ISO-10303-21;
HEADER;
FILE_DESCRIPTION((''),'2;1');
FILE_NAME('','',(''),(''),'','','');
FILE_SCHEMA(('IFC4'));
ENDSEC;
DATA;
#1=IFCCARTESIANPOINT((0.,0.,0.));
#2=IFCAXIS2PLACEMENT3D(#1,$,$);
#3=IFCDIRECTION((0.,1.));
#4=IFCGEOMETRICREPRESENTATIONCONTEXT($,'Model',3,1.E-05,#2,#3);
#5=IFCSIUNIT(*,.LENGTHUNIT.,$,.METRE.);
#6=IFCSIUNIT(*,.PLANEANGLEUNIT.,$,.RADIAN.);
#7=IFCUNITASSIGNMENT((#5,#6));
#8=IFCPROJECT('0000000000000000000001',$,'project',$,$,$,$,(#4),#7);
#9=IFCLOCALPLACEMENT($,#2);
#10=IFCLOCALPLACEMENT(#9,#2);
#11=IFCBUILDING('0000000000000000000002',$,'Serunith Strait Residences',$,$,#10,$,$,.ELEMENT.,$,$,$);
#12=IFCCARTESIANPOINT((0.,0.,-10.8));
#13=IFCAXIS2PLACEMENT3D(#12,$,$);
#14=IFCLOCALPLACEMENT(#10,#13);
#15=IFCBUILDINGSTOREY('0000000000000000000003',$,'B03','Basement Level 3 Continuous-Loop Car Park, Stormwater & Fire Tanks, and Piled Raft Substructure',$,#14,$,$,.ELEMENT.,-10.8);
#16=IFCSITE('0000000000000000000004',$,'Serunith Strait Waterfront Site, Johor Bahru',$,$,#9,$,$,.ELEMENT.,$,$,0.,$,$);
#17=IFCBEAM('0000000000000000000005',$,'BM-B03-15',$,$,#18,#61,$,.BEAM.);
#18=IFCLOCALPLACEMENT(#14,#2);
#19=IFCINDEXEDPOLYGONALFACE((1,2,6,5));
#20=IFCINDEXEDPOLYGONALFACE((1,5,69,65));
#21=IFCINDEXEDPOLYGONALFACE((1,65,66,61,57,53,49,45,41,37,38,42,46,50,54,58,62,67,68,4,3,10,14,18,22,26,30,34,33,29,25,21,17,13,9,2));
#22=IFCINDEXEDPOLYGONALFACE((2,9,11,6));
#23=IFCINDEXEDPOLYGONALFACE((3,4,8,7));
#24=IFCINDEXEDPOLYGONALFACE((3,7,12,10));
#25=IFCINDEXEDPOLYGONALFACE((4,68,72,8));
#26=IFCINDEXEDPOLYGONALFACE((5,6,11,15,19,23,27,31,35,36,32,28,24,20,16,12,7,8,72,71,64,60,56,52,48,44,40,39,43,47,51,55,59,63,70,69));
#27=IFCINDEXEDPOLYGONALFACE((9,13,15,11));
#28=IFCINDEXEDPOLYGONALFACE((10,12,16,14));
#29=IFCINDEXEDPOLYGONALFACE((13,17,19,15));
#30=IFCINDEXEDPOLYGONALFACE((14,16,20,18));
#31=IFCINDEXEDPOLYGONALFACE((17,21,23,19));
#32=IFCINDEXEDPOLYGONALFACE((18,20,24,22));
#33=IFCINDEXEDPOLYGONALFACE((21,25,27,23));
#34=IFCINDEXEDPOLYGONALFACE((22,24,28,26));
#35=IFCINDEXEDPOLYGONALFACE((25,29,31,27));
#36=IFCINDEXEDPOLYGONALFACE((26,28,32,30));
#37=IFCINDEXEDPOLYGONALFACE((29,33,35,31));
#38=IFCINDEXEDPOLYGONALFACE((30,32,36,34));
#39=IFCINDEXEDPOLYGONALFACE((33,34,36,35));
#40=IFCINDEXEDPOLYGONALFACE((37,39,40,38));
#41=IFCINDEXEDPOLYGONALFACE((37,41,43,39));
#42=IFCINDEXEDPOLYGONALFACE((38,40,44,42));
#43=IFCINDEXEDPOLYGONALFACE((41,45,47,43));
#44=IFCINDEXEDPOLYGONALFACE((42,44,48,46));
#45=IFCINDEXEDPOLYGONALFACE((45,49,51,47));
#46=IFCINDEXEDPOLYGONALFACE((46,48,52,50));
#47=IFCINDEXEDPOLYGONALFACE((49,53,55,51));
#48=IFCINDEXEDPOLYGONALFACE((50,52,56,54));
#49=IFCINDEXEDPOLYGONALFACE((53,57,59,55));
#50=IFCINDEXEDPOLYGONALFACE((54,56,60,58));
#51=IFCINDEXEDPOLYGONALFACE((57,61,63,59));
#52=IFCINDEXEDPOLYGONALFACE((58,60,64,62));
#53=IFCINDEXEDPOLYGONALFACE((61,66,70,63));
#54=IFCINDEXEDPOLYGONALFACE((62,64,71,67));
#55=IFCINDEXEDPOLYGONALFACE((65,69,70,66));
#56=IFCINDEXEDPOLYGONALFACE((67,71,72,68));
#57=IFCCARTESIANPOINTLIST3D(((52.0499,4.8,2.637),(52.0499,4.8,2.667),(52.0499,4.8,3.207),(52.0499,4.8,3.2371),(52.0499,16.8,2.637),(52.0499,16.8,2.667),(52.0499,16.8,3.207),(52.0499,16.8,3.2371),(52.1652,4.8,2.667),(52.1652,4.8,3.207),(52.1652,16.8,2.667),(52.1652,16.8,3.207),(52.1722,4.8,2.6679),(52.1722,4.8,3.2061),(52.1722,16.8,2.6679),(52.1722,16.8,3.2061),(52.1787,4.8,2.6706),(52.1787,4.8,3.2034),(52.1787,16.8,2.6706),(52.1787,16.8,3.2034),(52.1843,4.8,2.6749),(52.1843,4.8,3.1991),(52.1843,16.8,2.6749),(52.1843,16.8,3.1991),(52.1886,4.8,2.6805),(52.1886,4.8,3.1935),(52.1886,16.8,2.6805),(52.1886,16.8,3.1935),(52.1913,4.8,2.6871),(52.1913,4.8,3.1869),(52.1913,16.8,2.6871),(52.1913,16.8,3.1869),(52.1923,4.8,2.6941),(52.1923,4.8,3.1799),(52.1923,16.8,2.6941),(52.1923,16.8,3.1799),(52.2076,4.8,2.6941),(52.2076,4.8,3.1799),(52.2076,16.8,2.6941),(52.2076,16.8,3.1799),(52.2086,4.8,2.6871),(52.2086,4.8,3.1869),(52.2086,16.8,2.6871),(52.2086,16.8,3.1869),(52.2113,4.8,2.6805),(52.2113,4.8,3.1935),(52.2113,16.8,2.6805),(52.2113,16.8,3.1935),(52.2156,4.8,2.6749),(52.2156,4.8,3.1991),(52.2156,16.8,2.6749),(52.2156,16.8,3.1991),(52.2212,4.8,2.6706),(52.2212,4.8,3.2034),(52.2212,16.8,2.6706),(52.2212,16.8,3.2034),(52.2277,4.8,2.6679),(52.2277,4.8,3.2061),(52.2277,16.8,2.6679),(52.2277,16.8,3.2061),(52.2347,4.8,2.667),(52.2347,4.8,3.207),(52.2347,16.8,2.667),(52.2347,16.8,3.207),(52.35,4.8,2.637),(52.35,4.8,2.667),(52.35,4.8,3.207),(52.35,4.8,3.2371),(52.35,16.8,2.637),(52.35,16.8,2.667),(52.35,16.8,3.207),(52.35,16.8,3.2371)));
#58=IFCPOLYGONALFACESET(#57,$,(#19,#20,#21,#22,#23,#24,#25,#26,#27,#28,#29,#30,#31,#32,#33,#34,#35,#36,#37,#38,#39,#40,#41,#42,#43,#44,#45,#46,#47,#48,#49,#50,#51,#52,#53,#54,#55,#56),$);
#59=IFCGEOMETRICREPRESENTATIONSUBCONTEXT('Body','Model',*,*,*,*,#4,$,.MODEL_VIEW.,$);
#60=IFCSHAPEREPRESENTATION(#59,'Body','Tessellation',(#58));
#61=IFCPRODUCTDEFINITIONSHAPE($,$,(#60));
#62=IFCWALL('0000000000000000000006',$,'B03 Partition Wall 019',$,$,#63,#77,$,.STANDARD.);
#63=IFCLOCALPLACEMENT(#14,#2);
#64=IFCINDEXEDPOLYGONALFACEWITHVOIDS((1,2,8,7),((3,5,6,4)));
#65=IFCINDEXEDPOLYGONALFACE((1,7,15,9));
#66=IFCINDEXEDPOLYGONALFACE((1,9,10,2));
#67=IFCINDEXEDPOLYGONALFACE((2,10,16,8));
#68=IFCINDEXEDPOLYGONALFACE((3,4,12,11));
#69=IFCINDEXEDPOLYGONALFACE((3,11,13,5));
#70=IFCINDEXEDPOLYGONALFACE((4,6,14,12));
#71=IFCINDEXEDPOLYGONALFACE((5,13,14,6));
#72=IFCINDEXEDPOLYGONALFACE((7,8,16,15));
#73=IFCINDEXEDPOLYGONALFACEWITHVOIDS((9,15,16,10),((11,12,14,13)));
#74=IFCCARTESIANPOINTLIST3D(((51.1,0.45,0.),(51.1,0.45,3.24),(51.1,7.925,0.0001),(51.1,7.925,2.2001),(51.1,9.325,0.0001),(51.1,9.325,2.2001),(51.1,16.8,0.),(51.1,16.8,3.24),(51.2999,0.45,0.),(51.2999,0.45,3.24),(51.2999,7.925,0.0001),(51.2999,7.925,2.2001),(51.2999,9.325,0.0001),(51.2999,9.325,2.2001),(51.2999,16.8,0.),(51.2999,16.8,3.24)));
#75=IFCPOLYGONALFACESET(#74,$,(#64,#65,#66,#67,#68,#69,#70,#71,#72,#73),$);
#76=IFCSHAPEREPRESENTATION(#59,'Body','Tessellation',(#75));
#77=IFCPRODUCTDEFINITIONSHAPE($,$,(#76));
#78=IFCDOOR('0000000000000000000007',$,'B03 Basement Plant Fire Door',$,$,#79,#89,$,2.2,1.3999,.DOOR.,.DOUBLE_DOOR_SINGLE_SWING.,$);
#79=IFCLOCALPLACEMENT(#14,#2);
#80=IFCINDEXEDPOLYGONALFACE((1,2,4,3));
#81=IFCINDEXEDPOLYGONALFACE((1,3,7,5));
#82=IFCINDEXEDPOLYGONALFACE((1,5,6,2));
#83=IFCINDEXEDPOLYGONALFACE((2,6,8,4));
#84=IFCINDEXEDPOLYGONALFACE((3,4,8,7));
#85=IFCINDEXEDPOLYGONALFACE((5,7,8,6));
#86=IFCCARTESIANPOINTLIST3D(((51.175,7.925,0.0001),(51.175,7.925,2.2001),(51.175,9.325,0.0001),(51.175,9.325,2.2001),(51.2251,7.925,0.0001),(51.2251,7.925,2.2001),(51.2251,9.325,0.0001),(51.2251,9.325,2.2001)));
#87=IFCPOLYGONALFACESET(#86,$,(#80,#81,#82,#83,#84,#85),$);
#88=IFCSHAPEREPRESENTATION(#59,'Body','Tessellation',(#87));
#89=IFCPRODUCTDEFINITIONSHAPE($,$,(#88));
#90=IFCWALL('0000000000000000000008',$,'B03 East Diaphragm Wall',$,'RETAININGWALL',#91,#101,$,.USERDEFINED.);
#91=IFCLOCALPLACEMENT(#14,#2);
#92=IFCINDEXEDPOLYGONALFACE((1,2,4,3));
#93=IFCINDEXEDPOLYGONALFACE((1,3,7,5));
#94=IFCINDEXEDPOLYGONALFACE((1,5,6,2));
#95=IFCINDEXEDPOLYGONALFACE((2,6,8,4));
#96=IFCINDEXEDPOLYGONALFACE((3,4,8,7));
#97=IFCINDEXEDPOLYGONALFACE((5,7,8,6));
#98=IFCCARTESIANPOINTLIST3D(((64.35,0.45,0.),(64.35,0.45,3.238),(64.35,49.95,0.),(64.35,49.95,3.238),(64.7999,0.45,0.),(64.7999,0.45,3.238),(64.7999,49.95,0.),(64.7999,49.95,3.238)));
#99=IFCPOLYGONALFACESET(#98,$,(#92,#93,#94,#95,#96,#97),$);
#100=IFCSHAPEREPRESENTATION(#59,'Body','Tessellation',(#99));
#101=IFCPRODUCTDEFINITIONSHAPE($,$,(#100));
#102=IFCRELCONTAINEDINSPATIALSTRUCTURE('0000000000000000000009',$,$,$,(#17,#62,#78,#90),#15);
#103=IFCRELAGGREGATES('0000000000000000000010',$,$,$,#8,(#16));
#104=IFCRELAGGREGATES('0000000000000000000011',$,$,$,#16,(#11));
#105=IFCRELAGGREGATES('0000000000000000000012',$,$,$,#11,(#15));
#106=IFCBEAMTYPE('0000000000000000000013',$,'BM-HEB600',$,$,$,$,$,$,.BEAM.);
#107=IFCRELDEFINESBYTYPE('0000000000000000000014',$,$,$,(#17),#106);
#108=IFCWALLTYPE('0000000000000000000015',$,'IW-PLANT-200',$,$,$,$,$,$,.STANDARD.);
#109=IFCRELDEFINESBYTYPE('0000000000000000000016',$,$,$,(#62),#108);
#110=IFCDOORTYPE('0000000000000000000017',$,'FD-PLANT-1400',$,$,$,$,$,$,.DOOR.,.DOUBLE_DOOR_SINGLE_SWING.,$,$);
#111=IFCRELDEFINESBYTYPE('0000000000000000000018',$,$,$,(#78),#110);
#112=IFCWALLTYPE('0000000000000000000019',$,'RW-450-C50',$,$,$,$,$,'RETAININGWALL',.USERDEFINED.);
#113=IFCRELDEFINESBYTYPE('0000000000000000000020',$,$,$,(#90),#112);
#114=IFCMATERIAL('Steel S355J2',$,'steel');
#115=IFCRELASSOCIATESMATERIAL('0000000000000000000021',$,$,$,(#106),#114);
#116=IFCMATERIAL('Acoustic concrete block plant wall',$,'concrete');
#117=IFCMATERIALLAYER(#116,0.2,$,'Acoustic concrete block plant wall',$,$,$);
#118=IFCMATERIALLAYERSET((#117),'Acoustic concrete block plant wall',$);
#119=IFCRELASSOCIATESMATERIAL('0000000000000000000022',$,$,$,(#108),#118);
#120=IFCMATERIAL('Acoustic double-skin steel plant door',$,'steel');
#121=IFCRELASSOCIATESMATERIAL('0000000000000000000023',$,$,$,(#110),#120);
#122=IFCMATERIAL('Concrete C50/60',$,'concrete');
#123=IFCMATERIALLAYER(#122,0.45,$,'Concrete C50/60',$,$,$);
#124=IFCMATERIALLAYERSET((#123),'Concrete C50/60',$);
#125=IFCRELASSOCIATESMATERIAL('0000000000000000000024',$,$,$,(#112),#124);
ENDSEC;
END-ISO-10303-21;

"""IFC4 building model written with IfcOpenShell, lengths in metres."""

from ifc_helpers import new_model, si_unit, direction, frame, frame_2d, origin, origin_2d, place, context, subcontext, project, spatial, rectangle, i_section, extrude, source, transform, mapped, material, layer, layer_set, material_profile, profile_set, type_object, element, fill, save


model = new_model("IFC4")

# Units and contexts
model_context = context("Model", 3, precision=1e-05, world=origin(), true_north=direction((0.0, 1.0)))
body_context = subcontext(model_context, "Body", "Model", "MODEL_VIEW")
ifc_project = project(units=[si_unit("LENGTHUNIT", "METRE"), si_unit("PLANEANGLEUNIT", "RADIAN")], contexts=[model_context])

# Site, building, storey
site_placement = place(None, origin())
site = spatial("IfcSite", under=ifc_project, at=site_placement, Name="Serunith Strait Waterfront Site, Johor Bahru", CompositionType="ELEMENT", RefElevation=0.0)
building_placement = place(site_placement, origin())
building = spatial("IfcBuilding", under=site, at=building_placement, Name="Serunith Strait Residences", CompositionType="ELEMENT")
storey_placement = place(building_placement, frame((0.0, 0.0, -10.8)))
storey = spatial("IfcBuildingStorey", under=building, at=storey_placement, Name="B03", Description="Basement Level 3 Continuous-Loop Car Park, Stormwater & Fire Tanks, and Piled Raft Substructure", CompositionType="ELEMENT", Elevation=-10.8)

# Shared definitions
ifc_material_1 = material(Name="Concrete C50/60", Category="concrete")

# Beam
ifc_material_2 = material(Name="Steel S355J2", Category="steel")
ifc_material_profile_1 = material_profile(ifc_material_2, i_section(OverallWidth=0.3, OverallDepth=0.6001, WebThickness=0.0154, FlangeThickness=0.03, FilletRadius=0.0271, at=origin_2d()), Name="HEB 600")
ifc_profile_set_1 = profile_set([ifc_material_profile_1], Name="Steel S355J2")
beam_type = type_object("IfcBeamType", Name="BM-HEB600", PredefinedType="BEAM", material=ifc_profile_set_1)
shared_shape_1 = source(origin(), body_context, "Body", "SweptSolid", [
    extrude(i_section(OverallWidth=0.3, OverallDepth=0.6001, WebThickness=0.0154, FlangeThickness=0.03, FilletRadius=0.0271, at=origin_2d()), origin(), (0.0, 0.0, 1.0), 12.0),
])
beam_placement = place(storey_placement, frame((52.2, 4.8, 2.937), z_axis=(0.0, 1.0, 0.0), x_axis=(-1.0, 0.0, 0.0)))
element("IfcBeam", 1, at=beam_placement, inside=storey, type_object=beam_type, Name="BM-B03-15", PredefinedType="BEAM", context=body_context, shape_type="MappedRepresentation", body=[
    mapped(shared_shape_1, transform((0.0, 0.0, 0.0), scale=1.0)),
])

# Wall, opening, door
ifc_material_3 = material(Name="Acoustic concrete block plant wall", Category="concrete")
ifc_layer_1 = layer(ifc_material_3, 0.2, Name="Acoustic concrete block plant wall")
ifc_layer_set_1 = layer_set([ifc_layer_1], Name="Acoustic concrete block plant wall")
wall_type_1 = type_object("IfcWallType", Name="IW-PLANT-200", PredefinedType="STANDARD", material=ifc_layer_set_1)
wall_1_placement = place(storey_placement, frame((51.2, 0.45, 0.0), z_axis=(0.0, 0.0, 1.0), x_axis=(0.0, 1.0, 0.0)))
wall_1 = element("IfcWall", 2, at=wall_1_placement, inside=storey, type_object=wall_type_1, Name="B03 Partition Wall 019", PredefinedType="STANDARD", context=body_context, shape_type="SweptSolid", body=[
    extrude(rectangle(XDim=16.3501, YDim=0.2, at=frame_2d((8.175, 0.0))), origin(), (0.0, 0.0, 1.0), 3.24),
])
opening_placement = place(wall_1_placement, frame((7.4751, 0.0, 0.0)))
opening = element("IfcOpeningElement", 3, at=opening_placement, cuts=wall_1, PredefinedType="OPENING", context=body_context, shape_type="SweptSolid", body=[
    extrude(rectangle(XDim=1.3999, YDim=2.2, at=frame_2d((0.7, 1.1001))), frame((0.0, 0.1099, 0.0), z_axis=(0.0, -1.0, 0.0), x_axis=(1.0, 0.0, 0.0)), (0.0, 0.0, 1.0), 0.22),
])
ifc_material_4 = material(Name="Acoustic double-skin steel plant door", Category="steel")
door_type = type_object("IfcDoorType", Name="FD-PLANT-1400", OperationType="DOUBLE_DOOR_SINGLE_SWING", PredefinedType="DOOR", material=ifc_material_4)
shared_shape_2 = source(origin(), body_context, "Body", "SweptSolid", [
    extrude(rectangle(XDim=1.3999, YDim=2.2, at=frame_2d((0.7, 1.1001))), frame((0.0, 0.0249, 0.0), z_axis=(0.0, -1.0, 0.0), x_axis=(1.0, 0.0, 0.0)), (0.0, 0.0, 1.0), 0.05),
])
door_placement = place(opening_placement, origin())
door = element("IfcDoor", 4, at=door_placement, inside=storey, type_object=door_type, Name="B03 Basement Plant Fire Door", OperationType="DOUBLE_DOOR_SINGLE_SWING", OverallHeight=2.2, OverallWidth=1.3999, PredefinedType="DOOR", context=body_context, shape_type="MappedRepresentation", body=[
    mapped(shared_shape_2, transform((0.0, 0.0, 0.0), scale=1.0)),
])
fill(opening, door)

# Wall
ifc_layer_2 = layer(ifc_material_1, 0.45, Name="Concrete C50/60")
ifc_layer_set_2 = layer_set([ifc_layer_2], Name="Concrete C50/60")
wall_type_2 = type_object("IfcWallType", Name="RW-450-C50", ElementType="RETAININGWALL", PredefinedType="USERDEFINED", material=ifc_layer_set_2)
wall_2_placement = place(storey_placement, frame((64.575, 0.45, 0.0), z_axis=(0.0, 0.0, 1.0), x_axis=(0.0, 1.0, 0.0)))
element("IfcWall", 5, at=wall_2_placement, inside=storey, type_object=wall_type_2, Name="B03 East Diaphragm Wall", ObjectType="RETAININGWALL", PredefinedType="USERDEFINED", context=body_context, shape_type="SweptSolid", body=[
    extrude(rectangle(XDim=49.5, YDim=0.45, at=frame_2d((24.75, 0.0))), origin(), (0.0, 0.0, 1.0), 3.238),
])

save(model, "model.ifc")
